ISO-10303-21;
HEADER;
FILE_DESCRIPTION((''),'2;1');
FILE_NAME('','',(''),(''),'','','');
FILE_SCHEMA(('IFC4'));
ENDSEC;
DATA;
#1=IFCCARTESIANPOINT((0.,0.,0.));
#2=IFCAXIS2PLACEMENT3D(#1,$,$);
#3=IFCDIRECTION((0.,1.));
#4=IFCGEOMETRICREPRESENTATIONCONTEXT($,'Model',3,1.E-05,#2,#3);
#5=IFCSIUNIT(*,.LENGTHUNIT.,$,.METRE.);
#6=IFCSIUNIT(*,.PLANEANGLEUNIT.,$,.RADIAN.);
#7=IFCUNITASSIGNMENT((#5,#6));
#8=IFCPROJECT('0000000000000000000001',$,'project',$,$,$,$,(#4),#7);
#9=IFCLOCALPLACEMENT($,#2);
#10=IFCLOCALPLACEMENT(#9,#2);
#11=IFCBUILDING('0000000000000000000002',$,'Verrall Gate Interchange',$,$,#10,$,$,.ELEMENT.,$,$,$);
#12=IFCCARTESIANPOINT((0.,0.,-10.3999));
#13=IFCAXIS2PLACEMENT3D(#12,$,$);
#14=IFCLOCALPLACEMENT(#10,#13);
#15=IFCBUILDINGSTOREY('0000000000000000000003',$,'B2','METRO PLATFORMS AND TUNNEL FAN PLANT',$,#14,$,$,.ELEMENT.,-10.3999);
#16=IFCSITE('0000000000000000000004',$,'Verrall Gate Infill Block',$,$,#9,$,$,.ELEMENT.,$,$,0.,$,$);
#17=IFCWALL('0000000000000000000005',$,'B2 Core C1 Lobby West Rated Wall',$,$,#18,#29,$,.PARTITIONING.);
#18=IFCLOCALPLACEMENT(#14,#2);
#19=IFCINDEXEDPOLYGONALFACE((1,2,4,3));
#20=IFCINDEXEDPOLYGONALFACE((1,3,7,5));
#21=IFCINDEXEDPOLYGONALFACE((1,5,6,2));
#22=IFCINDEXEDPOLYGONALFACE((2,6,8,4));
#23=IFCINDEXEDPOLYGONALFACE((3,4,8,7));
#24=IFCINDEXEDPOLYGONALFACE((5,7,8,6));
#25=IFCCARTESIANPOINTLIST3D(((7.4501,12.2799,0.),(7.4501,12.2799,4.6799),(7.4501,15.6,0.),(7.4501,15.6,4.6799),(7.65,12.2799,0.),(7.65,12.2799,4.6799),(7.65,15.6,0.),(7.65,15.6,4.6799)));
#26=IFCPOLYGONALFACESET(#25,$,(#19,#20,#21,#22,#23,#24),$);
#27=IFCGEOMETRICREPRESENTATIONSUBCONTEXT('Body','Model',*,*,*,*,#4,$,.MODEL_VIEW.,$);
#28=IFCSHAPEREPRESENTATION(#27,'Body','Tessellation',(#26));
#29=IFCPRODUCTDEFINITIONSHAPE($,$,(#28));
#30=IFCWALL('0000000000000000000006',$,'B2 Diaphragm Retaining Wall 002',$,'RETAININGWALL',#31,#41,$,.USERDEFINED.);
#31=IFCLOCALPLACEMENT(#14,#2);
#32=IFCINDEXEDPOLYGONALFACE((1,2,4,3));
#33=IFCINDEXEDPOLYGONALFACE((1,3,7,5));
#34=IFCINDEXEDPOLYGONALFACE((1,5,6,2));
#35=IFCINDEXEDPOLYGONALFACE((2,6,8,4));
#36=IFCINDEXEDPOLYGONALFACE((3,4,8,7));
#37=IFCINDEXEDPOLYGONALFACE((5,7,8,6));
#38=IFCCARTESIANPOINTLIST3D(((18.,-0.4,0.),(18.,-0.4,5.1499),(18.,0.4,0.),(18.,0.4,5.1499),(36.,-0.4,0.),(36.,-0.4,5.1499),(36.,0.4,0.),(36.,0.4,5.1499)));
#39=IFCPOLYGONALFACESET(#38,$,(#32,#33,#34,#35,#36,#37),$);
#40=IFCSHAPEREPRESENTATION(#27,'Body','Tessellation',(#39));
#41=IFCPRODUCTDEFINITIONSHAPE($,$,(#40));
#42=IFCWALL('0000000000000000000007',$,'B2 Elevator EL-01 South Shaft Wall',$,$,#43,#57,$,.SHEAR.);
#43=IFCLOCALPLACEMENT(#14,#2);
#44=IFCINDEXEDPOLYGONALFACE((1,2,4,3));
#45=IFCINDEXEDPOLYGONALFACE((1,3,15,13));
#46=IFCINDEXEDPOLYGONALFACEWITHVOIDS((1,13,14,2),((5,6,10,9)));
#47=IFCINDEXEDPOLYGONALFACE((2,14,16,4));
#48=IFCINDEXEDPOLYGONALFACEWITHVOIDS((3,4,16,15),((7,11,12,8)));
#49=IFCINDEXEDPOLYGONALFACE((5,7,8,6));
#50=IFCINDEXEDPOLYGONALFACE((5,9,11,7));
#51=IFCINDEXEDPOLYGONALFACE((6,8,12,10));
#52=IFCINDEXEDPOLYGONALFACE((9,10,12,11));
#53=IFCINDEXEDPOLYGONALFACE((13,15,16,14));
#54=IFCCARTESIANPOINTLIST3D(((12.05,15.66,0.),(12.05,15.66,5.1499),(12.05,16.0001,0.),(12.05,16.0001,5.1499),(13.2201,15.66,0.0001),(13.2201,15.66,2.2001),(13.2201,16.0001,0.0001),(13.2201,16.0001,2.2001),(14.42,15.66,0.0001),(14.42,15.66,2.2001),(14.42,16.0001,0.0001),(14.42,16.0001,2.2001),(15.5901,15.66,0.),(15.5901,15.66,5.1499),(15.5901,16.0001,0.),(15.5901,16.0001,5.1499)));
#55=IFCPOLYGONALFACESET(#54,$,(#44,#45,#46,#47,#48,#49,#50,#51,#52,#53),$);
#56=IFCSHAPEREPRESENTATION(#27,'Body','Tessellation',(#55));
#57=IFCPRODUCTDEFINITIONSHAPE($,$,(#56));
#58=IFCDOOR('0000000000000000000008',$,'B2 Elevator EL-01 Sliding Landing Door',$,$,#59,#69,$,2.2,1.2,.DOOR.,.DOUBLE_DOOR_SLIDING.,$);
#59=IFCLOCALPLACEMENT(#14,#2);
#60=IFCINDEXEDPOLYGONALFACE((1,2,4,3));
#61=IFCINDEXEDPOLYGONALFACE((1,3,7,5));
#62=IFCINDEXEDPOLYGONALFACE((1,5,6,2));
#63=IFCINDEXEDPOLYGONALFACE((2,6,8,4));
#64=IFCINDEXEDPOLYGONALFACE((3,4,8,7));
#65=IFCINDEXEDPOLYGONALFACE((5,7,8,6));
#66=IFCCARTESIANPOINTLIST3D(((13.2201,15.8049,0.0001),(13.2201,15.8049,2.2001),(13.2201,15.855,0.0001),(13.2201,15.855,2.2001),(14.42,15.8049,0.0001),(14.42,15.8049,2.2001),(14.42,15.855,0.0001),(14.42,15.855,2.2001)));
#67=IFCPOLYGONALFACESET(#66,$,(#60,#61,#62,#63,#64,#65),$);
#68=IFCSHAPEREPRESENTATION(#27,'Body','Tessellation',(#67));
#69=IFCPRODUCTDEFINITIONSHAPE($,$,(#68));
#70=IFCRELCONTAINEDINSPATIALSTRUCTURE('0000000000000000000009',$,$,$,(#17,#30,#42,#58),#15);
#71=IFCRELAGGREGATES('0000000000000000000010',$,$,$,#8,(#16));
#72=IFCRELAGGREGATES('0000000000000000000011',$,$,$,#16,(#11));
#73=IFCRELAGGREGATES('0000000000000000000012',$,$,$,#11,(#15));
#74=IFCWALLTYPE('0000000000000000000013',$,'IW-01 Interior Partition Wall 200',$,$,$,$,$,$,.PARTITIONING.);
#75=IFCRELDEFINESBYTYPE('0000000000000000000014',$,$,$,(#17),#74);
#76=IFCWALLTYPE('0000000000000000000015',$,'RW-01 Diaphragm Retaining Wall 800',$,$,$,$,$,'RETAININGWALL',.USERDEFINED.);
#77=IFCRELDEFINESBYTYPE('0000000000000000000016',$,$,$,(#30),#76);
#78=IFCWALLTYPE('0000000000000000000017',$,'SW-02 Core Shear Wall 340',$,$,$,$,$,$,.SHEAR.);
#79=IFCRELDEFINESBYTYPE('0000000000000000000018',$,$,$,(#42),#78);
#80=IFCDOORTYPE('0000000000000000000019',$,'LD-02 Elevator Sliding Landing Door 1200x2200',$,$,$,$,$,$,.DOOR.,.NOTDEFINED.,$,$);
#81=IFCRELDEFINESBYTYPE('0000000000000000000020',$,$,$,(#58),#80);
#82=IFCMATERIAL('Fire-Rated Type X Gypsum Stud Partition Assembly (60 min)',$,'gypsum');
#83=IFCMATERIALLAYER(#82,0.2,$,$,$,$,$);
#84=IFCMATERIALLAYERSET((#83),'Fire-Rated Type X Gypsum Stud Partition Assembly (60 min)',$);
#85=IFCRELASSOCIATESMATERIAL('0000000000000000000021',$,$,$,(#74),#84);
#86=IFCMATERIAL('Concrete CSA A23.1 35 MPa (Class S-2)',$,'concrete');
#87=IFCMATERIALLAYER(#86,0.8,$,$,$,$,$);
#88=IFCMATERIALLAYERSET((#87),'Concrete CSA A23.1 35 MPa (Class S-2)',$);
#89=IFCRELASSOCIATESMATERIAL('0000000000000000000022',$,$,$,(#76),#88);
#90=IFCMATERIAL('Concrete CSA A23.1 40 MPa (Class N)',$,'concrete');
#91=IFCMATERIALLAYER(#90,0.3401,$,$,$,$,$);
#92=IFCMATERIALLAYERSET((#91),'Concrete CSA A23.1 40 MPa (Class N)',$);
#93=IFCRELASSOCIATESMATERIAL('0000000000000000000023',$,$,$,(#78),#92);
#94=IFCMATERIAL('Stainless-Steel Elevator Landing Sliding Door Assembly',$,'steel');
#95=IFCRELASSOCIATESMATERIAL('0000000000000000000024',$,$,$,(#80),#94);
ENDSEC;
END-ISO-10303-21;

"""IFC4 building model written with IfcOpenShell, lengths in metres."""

from ifc_helpers import new_model, si_unit, direction, frame, frame_2d, origin, place, context, subcontext, project, spatial, rectangle, extrude, material, layer, layer_set, type_object, element, fill, save


model = new_model("IFC4")

# Units and contexts
model_context = context("Model", 3, precision=1e-05, world=origin(), true_north=direction((0.0, 1.0)))
body_context = subcontext(model_context, "Body", "Model", "MODEL_VIEW")
ifc_project = project(units=[si_unit("LENGTHUNIT", "METRE"), si_unit("PLANEANGLEUNIT", "RADIAN")], contexts=[model_context])

# Site, building, storey
site_placement = place(None, origin())
site = spatial("IfcSite", under=ifc_project, at=site_placement, Name="Verrall Gate Infill Block", CompositionType="ELEMENT", RefElevation=0.0)
building_placement = place(site_placement, origin())
building = spatial("IfcBuilding", under=site, at=building_placement, Name="Verrall Gate Interchange", CompositionType="ELEMENT")
storey_placement = place(building_placement, frame((0.0, 0.0, -10.3999)))
storey = spatial("IfcBuildingStorey", under=building, at=storey_placement, Name="B2", Description="METRO PLATFORMS AND TUNNEL FAN PLANT", CompositionType="ELEMENT", Elevation=-10.3999)

# Wall
ifc_material_1 = material(Name="Fire-Rated Type X Gypsum Stud Partition Assembly (60 min)", Category="gypsum")
ifc_layer_1 = layer(ifc_material_1, 0.2)
ifc_layer_set_1 = layer_set([ifc_layer_1], Name="Fire-Rated Type X Gypsum Stud Partition Assembly (60 min)")
wall_type_1 = type_object("IfcWallType", Name="IW-01 Interior Partition Wall 200", PredefinedType="PARTITIONING", material=ifc_layer_set_1)
wall_1_placement = place(storey_placement, frame((7.55, 15.6001, 0.0), z_axis=(0.0, 0.0, 1.0), x_axis=(0.0, -1.0, 0.0)))
element("IfcWall", 1, at=wall_1_placement, inside=storey, type_object=wall_type_1, Name="B2 Core C1 Lobby West Rated Wall", PredefinedType="PARTITIONING", context=body_context, shape_type="SweptSolid", body=[
    extrude(rectangle(XDim=3.3201, YDim=0.2, at=frame_2d((1.6602, 0.0))), origin(), (0.0, 0.0, 1.0), 4.6799),
])

# Wall
ifc_material_2 = material(Name="Concrete CSA A23.1 35 MPa (Class S-2)", Category="concrete")
ifc_layer_2 = layer(ifc_material_2, 0.8)
ifc_layer_set_2 = layer_set([ifc_layer_2], Name="Concrete CSA A23.1 35 MPa (Class S-2)")
wall_type_2 = type_object("IfcWallType", Name="RW-01 Diaphragm Retaining Wall 800", ElementType="RETAININGWALL", PredefinedType="USERDEFINED", material=ifc_layer_set_2)
wall_2_placement = place(storey_placement, frame((18.0, 0.0, 0.0), z_axis=(0.0, 0.0, 1.0), x_axis=(1.0, 0.0, 0.0)))
element("IfcWall", 2, at=wall_2_placement, inside=storey, type_object=wall_type_2, Name="B2 Diaphragm Retaining Wall 002", ObjectType="RETAININGWALL", PredefinedType="USERDEFINED", context=body_context, shape_type="SweptSolid", body=[
    extrude(rectangle(XDim=18.0, YDim=0.8, at=frame_2d((9.0, 0.0))), origin(), (0.0, 0.0, 1.0), 5.1499),
])

# Wall, opening, door
ifc_material_3 = material(Name="Concrete CSA A23.1 40 MPa (Class N)", Category="concrete")
ifc_layer_3 = layer(ifc_material_3, 0.3401)
ifc_layer_set_3 = layer_set([ifc_layer_3], Name="Concrete CSA A23.1 40 MPa (Class N)")
wall_type_3 = type_object("IfcWallType", Name="SW-02 Core Shear Wall 340", PredefinedType="SHEAR", material=ifc_layer_set_3)
wall_3_placement = place(storey_placement, frame((12.05, 15.8301, 0.0), z_axis=(0.0, 0.0, 1.0), x_axis=(1.0, 0.0, 0.0)))
wall_3 = element("IfcWall", 3, at=wall_3_placement, inside=storey, type_object=wall_type_3, Name="B2 Elevator EL-01 South Shaft Wall", PredefinedType="SHEAR", context=body_context, shape_type="SweptSolid", body=[
    extrude(rectangle(XDim=3.54, YDim=0.3401, at=frame_2d((1.77, 0.0))), origin(), (0.0, 0.0, 1.0), 5.1499),
])
opening_1_placement = place(wall_3_placement, frame((1.1699, 0.0, 0.0)))
opening_1 = element("IfcOpeningElement", 4, at=opening_1_placement, cuts=wall_3, PredefinedType="OPENING", context=body_context, shape_type="SweptSolid", body=[
    extrude(rectangle(XDim=1.2, YDim=2.2, at=frame_2d((0.6001, 1.1001))), frame((0.0, 0.1851, 0.0), z_axis=(0.0, -1.0, 0.0), x_axis=(1.0, 0.0, 0.0)), (0.0, 0.0, 1.0), 0.3699),
])
ifc_material_4 = material(Name="Stainless-Steel Elevator Landing Sliding Door Assembly", Category="steel")
door_type_1 = type_object("IfcDoorType", Name="LD-02 Elevator Sliding Landing Door 1200x2200", OperationType="NOTDEFINED", PredefinedType="DOOR", material=ifc_material_4)
door_1_placement = place(opening_1_placement, origin())
door_1 = element("IfcDoor", 5, at=door_1_placement, inside=storey, type_object=door_type_1, Name="B2 Elevator EL-01 Sliding Landing Door", OperationType="DOUBLE_DOOR_SLIDING", OverallHeight=2.2, OverallWidth=1.2, PredefinedType="DOOR", context=body_context, shape_type="SweptSolid", body=[
    extrude(rectangle(XDim=1.2, YDim=2.2, at=frame_2d((0.6001, 1.1001))), frame((0.0, 0.0249, 0.0), z_axis=(0.0, -1.0, 0.0), x_axis=(1.0, 0.0, 0.0)), (0.0, 0.0, 1.0), 0.05),
])
fill(opening_1, door_1)

save(model, "model.ifc")
